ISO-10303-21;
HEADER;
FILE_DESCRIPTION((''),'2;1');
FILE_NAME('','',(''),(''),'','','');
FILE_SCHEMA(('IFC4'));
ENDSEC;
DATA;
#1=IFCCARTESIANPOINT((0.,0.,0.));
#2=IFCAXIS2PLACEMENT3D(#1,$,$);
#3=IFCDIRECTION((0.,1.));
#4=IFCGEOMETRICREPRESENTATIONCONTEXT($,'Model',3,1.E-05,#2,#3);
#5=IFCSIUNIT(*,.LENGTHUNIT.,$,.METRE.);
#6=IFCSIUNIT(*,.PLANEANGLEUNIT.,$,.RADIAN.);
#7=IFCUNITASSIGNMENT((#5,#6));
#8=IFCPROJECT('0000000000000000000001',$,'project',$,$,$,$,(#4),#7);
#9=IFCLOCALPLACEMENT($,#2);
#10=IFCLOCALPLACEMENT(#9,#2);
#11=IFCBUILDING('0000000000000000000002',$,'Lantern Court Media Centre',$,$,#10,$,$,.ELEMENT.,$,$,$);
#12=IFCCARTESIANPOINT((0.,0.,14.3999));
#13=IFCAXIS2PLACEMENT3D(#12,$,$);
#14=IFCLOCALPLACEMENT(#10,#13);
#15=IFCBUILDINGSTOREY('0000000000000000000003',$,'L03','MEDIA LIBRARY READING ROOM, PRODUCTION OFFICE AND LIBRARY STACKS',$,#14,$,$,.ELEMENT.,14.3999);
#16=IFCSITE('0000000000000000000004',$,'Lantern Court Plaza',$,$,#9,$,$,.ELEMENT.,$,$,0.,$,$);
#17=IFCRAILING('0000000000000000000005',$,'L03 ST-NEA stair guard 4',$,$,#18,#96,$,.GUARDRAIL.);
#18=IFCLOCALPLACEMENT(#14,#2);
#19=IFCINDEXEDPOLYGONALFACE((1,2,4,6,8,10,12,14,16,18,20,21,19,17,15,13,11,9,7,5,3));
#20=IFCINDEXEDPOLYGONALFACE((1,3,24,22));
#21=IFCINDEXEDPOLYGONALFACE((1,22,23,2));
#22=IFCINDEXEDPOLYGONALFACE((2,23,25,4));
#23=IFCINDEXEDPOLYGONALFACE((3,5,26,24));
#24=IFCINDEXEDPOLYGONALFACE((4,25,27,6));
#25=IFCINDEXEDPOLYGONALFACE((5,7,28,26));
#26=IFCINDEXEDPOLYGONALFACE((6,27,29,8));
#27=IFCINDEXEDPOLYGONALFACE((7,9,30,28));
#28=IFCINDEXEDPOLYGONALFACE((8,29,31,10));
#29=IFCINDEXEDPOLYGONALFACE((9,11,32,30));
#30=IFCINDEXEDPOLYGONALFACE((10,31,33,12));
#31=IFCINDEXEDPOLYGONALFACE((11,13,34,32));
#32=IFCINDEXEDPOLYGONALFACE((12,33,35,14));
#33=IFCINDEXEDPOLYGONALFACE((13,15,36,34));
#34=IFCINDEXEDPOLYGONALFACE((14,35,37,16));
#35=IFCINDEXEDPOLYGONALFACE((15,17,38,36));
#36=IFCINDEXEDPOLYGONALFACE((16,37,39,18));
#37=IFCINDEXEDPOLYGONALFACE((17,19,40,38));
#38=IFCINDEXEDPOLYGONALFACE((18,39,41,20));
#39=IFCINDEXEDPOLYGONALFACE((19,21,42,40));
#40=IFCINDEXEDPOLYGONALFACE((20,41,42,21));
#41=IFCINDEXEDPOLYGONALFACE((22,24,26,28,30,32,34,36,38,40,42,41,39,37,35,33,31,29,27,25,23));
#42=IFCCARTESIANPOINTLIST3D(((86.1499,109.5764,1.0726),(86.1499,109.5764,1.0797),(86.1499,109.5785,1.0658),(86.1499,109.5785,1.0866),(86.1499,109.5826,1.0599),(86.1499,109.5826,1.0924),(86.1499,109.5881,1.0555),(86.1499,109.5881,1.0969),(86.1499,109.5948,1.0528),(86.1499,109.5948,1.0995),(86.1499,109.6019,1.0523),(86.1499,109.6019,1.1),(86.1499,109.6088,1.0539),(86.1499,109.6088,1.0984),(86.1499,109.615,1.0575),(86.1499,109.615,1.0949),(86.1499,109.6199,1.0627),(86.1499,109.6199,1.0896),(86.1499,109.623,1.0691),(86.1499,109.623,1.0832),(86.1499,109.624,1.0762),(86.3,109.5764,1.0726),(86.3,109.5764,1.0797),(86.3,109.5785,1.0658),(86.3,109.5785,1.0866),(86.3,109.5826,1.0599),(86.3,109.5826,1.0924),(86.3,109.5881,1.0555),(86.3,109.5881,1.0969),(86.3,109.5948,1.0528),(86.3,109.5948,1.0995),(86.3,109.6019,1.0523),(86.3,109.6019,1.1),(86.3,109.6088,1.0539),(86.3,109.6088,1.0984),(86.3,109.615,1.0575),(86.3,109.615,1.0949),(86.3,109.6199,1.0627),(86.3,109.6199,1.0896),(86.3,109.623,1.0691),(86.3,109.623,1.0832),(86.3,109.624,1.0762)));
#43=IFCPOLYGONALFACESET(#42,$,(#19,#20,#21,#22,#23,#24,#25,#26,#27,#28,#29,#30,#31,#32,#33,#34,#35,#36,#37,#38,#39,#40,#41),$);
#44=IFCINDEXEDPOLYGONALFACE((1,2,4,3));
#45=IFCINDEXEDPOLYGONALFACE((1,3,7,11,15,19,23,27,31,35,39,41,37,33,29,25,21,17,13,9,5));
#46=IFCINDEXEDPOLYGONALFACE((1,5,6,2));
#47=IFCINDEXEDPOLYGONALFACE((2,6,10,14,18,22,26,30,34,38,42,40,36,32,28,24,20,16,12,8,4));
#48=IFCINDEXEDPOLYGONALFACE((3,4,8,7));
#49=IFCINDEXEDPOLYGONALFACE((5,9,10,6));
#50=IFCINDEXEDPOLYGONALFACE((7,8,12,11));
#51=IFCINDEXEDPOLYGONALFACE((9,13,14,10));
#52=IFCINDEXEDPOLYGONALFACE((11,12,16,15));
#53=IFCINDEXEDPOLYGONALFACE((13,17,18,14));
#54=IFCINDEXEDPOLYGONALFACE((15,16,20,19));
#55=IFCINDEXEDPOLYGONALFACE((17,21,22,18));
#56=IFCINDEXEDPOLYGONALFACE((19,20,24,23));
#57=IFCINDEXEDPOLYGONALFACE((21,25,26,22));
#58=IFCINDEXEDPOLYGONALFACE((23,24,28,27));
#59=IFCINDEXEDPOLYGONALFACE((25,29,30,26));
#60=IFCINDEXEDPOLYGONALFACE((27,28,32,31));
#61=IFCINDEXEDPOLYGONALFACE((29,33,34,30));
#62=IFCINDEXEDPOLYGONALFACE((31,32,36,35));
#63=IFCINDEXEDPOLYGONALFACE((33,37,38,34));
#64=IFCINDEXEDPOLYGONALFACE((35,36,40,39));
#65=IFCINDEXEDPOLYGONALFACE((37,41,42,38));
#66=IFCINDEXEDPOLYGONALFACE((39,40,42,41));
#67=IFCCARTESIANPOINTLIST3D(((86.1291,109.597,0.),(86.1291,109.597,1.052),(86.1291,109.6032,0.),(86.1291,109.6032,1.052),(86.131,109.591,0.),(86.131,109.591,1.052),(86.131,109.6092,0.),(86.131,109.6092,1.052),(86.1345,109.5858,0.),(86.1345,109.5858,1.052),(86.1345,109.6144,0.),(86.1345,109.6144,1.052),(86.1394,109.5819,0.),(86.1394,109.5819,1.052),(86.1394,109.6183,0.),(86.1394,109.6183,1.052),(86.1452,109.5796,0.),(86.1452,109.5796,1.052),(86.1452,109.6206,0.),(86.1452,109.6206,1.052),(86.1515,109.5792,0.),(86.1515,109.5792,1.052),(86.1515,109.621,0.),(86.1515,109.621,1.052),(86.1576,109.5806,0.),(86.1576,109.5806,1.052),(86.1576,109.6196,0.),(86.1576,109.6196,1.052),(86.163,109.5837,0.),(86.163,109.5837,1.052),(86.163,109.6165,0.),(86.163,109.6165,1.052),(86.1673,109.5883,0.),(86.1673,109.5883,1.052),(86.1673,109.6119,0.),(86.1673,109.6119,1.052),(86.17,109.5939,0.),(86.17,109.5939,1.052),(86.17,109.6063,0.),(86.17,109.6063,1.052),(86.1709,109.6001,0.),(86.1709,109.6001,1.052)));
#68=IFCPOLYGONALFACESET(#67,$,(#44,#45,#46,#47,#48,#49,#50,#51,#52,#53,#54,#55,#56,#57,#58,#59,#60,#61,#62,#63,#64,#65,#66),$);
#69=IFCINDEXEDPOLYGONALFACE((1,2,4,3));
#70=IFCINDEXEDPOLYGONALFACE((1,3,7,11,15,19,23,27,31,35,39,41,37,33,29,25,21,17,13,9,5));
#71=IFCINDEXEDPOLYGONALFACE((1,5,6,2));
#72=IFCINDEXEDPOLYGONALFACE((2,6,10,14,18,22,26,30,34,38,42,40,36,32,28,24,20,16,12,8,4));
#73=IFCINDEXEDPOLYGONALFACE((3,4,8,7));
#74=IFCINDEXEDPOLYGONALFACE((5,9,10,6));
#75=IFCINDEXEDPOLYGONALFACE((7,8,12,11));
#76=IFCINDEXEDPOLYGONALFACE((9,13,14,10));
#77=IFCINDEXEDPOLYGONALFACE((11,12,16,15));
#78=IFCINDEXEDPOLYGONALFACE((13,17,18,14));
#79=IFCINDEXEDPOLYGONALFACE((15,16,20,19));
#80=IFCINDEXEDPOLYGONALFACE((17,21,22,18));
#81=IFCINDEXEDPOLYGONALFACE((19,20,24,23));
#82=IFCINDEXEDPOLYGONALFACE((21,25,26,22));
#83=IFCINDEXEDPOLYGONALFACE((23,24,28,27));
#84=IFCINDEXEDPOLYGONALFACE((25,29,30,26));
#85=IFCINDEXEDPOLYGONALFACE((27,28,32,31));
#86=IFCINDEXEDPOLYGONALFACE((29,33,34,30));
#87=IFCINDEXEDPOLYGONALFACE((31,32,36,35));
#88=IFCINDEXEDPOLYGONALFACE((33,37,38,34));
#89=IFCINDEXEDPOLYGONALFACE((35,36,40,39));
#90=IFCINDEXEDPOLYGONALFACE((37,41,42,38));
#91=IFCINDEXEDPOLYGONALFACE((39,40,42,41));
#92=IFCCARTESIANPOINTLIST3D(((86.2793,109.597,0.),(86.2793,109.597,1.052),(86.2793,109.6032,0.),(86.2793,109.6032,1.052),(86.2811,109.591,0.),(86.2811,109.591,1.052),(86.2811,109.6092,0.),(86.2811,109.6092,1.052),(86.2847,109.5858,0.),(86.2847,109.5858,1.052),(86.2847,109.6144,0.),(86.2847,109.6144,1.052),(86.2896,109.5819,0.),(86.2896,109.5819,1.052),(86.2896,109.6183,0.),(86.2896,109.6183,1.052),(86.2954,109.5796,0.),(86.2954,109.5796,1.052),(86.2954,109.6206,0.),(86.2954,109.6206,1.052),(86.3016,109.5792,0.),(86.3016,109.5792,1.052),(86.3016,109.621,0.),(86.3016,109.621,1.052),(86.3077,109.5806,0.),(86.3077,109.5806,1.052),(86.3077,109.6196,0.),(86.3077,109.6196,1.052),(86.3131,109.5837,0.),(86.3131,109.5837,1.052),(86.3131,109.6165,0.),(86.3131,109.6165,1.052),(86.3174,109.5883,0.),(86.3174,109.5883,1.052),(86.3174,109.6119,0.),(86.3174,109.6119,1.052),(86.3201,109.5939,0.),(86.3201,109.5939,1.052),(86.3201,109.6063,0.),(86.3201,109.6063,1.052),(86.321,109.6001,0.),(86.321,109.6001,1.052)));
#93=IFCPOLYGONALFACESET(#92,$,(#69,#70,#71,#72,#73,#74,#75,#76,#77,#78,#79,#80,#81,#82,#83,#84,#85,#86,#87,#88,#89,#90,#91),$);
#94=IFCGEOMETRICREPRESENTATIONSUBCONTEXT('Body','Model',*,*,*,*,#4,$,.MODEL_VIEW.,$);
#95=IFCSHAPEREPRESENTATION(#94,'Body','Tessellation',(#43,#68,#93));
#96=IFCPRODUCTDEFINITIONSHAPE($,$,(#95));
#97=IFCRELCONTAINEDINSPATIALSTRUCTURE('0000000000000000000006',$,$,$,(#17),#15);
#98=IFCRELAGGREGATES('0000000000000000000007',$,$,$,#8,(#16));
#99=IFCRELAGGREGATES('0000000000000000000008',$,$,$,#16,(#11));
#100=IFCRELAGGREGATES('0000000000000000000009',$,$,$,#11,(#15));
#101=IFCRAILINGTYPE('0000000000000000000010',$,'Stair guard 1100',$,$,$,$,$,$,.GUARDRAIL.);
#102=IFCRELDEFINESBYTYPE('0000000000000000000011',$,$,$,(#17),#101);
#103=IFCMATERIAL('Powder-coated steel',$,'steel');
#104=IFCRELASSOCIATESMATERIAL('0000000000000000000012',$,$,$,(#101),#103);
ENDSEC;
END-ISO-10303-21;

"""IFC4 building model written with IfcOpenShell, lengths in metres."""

from ifc_helpers import new_model, si_unit, direction, frame, origin, origin_2d, place, context, subcontext, project, spatial, circle, extrude, material, type_object, element, save


model = new_model("IFC4")

# Units and contexts
model_context = context("Model", 3, precision=1e-05, world=origin(), true_north=direction((0.0, 1.0)))
body_context = subcontext(model_context, "Body", "Model", "MODEL_VIEW")
ifc_project = project(units=[si_unit("LENGTHUNIT", "METRE"), si_unit("PLANEANGLEUNIT", "RADIAN")], contexts=[model_context])

# Site, building, storey
site_placement = place(None, origin())
site = spatial("IfcSite", under=ifc_project, at=site_placement, Name="Lantern Court Plaza", CompositionType="ELEMENT", RefElevation=0.0)
building_placement = place(site_placement, origin())
building = spatial("IfcBuilding", under=site, at=building_placement, Name="Lantern Court Media Centre", CompositionType="ELEMENT")
storey_placement = place(building_placement, frame((0.0, 0.0, 14.3999)))
storey = spatial("IfcBuildingStorey", under=building, at=storey_placement, Name="L03", Description="MEDIA LIBRARY READING ROOM, PRODUCTION OFFICE AND LIBRARY STACKS", CompositionType="ELEMENT", Elevation=14.3999)

# Shared definitions
ifc_material_1 = material(Name="Powder-coated steel", Category="steel")

# Railing
railing_type_1 = type_object("IfcRailingType", Name="Stair guard 1100", PredefinedType="GUARDRAIL", material=ifc_material_1)
railing_1_placement = place(storey_placement, frame((86.1499, 109.6001, 0.0)))
element("IfcRailing", 1, at=railing_1_placement, inside=storey, type_object=railing_type_1, Name="L03 ST-NEA stair guard 4", PredefinedType="GUARDRAIL", context=body_context, shape_type="SweptSolid", body=[
    extrude(circle(Radius=0.0239, at=origin_2d()), frame((0.0, 0.0, 1.0762), z_axis=(1.0, 0.0, 0.0), x_axis=(0.0, 1.0, 0.0)), (0.0, 0.0, 1.0), 0.1501),
    extrude(circle(Radius=0.021, at=origin_2d()), origin(), (0.0, 0.0, 1.0), 1.052),
    extrude(circle(Radius=0.021, at=origin_2d()), frame((0.1501, 0.0, 0.0)), (0.0, 0.0, 1.0), 1.052),
])

save(model, "model.ifc")
